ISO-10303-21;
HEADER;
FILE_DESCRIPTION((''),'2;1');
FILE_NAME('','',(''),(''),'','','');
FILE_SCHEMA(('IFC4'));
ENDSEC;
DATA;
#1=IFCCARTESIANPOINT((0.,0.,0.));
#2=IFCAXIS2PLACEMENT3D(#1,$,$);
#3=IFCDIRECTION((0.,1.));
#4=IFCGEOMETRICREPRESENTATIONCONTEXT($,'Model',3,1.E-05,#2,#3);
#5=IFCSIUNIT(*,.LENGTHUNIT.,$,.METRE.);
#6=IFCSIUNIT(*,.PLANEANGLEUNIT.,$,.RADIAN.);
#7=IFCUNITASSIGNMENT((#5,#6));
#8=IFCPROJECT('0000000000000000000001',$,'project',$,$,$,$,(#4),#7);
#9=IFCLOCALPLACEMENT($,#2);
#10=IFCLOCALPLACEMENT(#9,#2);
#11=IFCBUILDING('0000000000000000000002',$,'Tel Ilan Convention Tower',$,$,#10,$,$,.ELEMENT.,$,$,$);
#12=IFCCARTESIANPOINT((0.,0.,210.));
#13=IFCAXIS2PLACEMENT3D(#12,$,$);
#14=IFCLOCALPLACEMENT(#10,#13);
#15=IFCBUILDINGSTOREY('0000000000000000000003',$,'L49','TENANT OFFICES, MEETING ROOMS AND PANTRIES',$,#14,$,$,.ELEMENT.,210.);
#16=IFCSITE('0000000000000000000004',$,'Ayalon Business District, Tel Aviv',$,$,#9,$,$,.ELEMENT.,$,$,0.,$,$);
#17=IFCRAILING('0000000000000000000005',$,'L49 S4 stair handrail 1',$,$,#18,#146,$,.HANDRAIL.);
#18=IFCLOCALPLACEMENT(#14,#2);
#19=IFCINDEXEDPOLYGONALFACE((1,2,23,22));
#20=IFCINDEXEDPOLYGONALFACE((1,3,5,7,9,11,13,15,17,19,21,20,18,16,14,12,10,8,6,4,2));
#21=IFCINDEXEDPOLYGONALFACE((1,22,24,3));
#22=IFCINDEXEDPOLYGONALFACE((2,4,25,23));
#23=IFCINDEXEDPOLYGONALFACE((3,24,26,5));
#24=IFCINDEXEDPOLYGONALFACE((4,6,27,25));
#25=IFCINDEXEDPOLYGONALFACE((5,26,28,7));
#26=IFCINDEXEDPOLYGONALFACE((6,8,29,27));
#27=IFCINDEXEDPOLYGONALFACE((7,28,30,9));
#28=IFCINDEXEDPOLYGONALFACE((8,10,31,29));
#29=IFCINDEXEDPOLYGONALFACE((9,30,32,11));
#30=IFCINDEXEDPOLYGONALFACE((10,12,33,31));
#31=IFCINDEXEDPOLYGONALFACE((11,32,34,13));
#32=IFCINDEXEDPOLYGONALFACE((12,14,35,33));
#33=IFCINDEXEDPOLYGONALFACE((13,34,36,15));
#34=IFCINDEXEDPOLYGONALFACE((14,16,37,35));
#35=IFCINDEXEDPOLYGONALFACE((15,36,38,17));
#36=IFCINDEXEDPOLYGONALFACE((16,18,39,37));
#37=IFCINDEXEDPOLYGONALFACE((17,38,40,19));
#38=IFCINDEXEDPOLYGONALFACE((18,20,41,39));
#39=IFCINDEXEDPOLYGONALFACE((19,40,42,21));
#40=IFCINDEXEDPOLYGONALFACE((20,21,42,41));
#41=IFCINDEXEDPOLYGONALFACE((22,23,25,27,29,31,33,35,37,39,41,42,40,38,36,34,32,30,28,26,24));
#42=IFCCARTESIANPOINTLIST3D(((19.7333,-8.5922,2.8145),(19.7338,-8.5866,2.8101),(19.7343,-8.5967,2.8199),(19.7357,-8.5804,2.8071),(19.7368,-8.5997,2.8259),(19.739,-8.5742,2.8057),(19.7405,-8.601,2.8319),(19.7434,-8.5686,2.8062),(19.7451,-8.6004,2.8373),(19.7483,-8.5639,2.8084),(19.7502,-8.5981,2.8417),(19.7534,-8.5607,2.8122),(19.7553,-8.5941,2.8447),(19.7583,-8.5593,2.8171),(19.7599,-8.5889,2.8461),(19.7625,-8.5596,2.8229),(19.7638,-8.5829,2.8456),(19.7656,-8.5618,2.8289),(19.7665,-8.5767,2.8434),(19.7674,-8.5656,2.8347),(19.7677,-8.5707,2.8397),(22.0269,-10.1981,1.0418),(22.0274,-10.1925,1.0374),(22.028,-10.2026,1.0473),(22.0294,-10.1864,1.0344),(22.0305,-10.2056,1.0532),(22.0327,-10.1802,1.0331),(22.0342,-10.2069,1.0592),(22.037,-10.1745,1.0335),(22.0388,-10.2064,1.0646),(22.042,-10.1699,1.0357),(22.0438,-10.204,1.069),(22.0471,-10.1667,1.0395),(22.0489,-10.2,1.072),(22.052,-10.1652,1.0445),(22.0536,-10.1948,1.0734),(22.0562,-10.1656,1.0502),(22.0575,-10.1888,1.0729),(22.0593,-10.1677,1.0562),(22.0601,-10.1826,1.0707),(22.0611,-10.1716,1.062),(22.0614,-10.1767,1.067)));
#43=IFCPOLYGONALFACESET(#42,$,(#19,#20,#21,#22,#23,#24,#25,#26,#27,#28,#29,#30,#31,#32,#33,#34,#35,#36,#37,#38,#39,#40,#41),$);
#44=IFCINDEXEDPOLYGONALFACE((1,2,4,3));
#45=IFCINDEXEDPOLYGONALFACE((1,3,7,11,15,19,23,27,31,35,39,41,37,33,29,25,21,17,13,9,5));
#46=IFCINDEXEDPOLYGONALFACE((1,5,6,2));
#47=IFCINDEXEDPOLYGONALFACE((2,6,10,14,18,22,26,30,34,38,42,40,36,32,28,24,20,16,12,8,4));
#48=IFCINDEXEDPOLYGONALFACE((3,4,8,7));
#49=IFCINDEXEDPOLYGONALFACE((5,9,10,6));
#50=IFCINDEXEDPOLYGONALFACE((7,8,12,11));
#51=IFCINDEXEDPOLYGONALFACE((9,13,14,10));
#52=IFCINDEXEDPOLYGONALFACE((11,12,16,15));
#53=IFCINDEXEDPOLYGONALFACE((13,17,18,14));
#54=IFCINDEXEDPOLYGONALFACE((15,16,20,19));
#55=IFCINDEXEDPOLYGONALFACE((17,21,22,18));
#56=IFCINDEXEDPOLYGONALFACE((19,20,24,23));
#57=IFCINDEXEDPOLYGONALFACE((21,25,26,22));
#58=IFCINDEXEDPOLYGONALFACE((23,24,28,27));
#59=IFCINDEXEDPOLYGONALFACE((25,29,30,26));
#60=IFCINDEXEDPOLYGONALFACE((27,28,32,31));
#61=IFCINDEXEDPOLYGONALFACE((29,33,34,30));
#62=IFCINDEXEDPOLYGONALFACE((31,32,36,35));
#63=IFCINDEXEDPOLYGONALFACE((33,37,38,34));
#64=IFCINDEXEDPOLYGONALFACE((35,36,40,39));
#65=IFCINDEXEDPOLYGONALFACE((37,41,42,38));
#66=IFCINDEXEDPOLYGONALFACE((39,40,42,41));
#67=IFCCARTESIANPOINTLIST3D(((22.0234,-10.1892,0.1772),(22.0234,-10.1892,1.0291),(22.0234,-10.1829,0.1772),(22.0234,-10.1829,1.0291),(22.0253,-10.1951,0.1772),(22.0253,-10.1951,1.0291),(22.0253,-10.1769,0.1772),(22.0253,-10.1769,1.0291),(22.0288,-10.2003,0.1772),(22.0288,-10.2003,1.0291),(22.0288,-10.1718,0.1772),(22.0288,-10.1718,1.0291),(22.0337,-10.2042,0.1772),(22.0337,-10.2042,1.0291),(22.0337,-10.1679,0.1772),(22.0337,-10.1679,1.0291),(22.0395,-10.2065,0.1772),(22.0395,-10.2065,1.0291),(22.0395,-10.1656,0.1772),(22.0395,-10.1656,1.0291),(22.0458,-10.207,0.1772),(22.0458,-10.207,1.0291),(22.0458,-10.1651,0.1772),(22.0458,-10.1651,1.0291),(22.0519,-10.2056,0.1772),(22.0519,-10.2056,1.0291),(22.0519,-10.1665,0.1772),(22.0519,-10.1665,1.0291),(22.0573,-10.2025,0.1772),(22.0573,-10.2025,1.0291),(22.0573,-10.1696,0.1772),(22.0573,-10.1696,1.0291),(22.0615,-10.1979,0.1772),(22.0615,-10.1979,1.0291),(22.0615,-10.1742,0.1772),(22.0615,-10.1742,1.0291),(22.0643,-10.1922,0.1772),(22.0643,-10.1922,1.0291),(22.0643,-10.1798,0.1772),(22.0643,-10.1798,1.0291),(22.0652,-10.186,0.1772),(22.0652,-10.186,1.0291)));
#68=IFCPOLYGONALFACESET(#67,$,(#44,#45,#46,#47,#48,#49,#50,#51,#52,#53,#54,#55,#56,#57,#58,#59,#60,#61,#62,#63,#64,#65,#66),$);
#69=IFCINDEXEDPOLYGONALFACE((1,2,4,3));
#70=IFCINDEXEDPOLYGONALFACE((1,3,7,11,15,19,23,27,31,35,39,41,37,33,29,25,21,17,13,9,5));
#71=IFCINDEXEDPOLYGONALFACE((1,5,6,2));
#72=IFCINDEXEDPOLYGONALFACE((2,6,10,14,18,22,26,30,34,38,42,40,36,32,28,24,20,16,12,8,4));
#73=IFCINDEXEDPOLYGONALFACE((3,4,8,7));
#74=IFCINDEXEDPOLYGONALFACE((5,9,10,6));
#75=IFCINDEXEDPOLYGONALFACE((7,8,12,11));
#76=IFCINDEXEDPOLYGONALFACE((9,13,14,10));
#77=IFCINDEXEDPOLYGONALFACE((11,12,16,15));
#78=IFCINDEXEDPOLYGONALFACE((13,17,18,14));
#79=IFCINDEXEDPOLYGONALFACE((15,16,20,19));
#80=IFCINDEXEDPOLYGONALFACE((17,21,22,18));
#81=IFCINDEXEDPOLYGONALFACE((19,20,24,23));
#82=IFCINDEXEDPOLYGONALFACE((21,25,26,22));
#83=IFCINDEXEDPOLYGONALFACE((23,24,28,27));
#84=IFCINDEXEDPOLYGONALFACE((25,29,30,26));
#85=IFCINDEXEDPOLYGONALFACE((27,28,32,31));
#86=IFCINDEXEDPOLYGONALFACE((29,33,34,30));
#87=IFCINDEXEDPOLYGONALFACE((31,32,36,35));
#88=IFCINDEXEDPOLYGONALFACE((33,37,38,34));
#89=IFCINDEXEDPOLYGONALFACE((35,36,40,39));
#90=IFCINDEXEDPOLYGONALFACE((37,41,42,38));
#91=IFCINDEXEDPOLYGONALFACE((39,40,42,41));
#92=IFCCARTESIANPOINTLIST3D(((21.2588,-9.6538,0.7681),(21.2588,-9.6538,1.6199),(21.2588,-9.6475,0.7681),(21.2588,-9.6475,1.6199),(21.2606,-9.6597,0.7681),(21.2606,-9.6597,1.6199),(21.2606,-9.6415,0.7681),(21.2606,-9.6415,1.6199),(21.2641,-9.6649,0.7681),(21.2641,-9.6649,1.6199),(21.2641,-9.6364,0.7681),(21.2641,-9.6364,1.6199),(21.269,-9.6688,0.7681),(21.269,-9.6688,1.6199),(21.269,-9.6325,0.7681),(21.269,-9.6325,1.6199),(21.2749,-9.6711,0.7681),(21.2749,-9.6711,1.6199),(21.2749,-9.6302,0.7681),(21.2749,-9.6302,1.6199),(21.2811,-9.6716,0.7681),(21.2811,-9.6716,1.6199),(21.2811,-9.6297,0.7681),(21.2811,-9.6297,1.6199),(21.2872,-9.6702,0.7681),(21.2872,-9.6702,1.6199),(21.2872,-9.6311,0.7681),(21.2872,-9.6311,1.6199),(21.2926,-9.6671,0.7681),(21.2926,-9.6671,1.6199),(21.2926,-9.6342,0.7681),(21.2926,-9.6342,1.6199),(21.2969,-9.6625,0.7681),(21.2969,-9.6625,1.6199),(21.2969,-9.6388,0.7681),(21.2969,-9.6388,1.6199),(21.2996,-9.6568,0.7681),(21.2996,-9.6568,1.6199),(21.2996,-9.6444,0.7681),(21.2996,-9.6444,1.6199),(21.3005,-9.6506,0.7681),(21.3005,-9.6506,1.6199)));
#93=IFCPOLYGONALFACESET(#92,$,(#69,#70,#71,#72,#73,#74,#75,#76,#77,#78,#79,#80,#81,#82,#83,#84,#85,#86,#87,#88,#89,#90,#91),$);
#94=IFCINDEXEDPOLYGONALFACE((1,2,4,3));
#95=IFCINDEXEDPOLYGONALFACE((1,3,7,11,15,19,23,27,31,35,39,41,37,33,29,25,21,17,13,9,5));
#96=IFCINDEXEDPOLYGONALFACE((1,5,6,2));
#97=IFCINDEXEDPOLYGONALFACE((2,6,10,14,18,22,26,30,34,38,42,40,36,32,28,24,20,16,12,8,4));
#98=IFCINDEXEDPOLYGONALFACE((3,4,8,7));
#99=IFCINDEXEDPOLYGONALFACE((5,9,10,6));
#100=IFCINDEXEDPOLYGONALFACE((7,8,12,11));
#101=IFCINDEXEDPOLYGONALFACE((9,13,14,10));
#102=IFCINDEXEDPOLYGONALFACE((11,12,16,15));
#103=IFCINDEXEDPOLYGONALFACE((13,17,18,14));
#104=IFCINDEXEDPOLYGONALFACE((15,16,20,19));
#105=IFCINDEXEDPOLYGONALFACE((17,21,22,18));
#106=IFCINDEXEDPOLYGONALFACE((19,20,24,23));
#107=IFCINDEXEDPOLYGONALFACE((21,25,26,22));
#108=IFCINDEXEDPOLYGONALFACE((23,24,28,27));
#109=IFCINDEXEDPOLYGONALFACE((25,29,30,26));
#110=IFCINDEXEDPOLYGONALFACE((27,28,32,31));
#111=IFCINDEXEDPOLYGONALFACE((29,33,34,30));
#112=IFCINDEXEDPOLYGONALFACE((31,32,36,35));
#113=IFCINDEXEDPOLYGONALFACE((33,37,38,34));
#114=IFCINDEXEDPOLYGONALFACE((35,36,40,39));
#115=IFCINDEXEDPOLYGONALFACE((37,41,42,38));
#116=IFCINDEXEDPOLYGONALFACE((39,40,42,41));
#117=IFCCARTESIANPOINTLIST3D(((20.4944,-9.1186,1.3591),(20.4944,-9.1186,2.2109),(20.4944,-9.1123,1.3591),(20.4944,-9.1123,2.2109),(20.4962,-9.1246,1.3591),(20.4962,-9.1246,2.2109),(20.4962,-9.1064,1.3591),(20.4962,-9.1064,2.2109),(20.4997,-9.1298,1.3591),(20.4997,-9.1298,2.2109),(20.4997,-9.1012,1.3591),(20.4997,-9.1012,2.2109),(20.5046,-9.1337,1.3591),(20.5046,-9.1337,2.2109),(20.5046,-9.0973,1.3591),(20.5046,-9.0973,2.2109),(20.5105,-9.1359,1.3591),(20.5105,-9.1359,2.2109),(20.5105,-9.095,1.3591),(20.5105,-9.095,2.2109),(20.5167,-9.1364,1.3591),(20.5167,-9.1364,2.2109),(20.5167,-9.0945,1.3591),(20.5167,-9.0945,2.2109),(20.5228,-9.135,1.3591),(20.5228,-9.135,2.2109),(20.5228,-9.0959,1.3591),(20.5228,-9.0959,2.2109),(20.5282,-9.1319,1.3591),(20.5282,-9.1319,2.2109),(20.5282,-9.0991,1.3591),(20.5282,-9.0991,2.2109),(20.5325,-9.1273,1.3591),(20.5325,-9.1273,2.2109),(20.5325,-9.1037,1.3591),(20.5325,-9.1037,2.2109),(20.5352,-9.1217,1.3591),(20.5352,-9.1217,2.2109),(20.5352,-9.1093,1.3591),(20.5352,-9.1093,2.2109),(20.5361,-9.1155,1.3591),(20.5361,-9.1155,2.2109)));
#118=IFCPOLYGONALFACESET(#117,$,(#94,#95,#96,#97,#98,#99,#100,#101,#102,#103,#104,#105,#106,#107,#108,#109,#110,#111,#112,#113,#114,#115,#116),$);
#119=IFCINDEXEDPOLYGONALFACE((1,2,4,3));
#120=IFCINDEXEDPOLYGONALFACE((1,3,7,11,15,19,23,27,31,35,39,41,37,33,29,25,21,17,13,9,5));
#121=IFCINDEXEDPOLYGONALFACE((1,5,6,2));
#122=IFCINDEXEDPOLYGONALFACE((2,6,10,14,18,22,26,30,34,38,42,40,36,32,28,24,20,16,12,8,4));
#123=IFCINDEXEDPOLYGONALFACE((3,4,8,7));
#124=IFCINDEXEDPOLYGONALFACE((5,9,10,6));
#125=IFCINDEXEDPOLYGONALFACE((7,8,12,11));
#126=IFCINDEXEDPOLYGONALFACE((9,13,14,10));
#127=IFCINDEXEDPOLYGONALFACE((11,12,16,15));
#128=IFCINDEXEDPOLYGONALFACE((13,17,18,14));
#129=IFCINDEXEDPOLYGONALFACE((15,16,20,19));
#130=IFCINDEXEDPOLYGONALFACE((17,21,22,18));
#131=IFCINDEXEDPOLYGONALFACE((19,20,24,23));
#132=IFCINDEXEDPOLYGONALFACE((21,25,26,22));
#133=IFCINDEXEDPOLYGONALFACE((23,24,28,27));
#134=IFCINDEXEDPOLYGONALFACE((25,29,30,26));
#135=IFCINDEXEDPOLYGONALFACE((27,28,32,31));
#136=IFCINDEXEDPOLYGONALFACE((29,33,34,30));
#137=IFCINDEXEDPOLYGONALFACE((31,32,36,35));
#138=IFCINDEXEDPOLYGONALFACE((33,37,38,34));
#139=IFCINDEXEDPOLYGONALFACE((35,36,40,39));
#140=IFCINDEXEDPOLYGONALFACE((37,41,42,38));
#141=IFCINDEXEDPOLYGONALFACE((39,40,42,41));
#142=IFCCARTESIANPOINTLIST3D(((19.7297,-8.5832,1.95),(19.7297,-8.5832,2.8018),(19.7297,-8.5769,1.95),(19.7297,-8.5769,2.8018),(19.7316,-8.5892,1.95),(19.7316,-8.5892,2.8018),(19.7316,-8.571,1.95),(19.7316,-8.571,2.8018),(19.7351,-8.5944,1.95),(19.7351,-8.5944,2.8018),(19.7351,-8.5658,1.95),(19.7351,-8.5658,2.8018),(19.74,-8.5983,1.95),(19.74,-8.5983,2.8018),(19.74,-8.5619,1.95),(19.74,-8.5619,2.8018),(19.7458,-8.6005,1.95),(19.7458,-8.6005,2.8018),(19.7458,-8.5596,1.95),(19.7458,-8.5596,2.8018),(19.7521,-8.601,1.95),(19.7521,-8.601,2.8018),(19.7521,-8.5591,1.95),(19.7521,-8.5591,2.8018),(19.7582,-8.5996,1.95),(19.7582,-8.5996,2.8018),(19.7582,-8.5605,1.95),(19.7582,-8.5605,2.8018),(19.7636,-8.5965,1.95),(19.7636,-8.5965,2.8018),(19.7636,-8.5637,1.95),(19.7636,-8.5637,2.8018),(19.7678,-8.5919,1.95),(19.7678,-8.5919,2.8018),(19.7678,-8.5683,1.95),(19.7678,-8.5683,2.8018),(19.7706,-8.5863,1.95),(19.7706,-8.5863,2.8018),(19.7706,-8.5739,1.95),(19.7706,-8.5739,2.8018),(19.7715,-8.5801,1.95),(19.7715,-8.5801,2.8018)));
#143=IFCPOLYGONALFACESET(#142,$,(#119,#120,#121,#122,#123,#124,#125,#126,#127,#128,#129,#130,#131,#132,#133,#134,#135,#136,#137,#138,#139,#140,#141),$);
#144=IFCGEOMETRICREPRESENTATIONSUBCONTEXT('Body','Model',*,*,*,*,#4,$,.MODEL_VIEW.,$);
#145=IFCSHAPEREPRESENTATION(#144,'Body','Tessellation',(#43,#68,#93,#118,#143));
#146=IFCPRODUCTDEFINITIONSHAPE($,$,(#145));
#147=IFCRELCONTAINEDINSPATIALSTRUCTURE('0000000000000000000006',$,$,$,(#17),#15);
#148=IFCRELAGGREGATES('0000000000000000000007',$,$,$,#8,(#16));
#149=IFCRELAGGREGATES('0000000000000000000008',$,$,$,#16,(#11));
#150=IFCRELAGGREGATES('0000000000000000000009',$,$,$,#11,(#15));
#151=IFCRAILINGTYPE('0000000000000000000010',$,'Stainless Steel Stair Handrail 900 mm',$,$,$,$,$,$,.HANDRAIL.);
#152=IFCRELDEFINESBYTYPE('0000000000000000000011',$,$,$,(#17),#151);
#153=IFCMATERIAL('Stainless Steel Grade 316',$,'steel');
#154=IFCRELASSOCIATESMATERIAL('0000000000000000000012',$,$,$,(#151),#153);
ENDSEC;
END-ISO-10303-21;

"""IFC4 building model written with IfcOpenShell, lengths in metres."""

from ifc_helpers import new_model, si_unit, direction, frame, origin, origin_2d, place, context, subcontext, project, spatial, circle, extrude, material, type_object, element, save


model = new_model("IFC4")

# Units and contexts
model_context = context("Model", 3, precision=1e-05, world=origin(), true_north=direction((0.0, 1.0)))
body_context = subcontext(model_context, "Body", "Model", "MODEL_VIEW")
ifc_project = project(units=[si_unit("LENGTHUNIT", "METRE"), si_unit("PLANEANGLEUNIT", "RADIAN")], contexts=[model_context])

# Site, building, storey
site_placement = place(None, origin())
site = spatial("IfcSite", under=ifc_project, at=site_placement, Name="Ayalon Business District, Tel Aviv", CompositionType="ELEMENT", RefElevation=0.0)
building_placement = place(site_placement, origin())
building = spatial("IfcBuilding", under=site, at=building_placement, Name="Tel Ilan Convention Tower", CompositionType="ELEMENT")
storey_placement = place(building_placement, frame((0.0, 0.0, 210.0)))
storey = spatial("IfcBuildingStorey", under=building, at=storey_placement, Name="L49", Description="TENANT OFFICES, MEETING ROOMS AND PANTRIES", CompositionType="ELEMENT", Elevation=210.0)

# Railing
ifc_material_1 = material(Name="Stainless Steel Grade 316", Category="steel")
railing_type_1 = type_object("IfcRailingType", Name="Stainless Steel Stair Handrail 900 mm", PredefinedType="HANDRAIL", material=ifc_material_1)
railing_1_placement = place(storey_placement, frame((22.0442, -10.186, 0.1772)))
element("IfcRailing", 1, at=railing_1_placement, inside=storey, type_object=railing_type_1, Name="L49 S4 stair handrail 1", PredefinedType="HANDRAIL", context=body_context, shape_type="SweptSolid", body=[
    extrude(circle(Radius=0.0239, at=origin_2d()), frame((0.0, 0.0, 0.876), z_axis=(-0.692123, 0.484597, 0.534913), x_axis=(-0.57355, -0.81917, 0.0)), (0.0, 0.0, 1.0), 3.314),
    extrude(circle(Radius=0.021, at=origin_2d()), origin(), (0.0, 0.0, 1.0), 0.8518),
    extrude(circle(Radius=0.021, at=origin_2d()), frame((-0.7646, 0.5354, 0.5908)), (0.0, 0.0, 1.0), 0.8518),
    extrude(circle(Radius=0.021, at=origin_2d()), frame((-1.5291, 1.0706, 1.1819)), (0.0, 0.0, 1.0), 0.8518),
    extrude(circle(Radius=0.021, at=origin_2d()), frame((-2.2937, 1.606, 1.7727)), (0.0, 0.0, 1.0), 0.8518),
])

save(model, "model.ifc")
